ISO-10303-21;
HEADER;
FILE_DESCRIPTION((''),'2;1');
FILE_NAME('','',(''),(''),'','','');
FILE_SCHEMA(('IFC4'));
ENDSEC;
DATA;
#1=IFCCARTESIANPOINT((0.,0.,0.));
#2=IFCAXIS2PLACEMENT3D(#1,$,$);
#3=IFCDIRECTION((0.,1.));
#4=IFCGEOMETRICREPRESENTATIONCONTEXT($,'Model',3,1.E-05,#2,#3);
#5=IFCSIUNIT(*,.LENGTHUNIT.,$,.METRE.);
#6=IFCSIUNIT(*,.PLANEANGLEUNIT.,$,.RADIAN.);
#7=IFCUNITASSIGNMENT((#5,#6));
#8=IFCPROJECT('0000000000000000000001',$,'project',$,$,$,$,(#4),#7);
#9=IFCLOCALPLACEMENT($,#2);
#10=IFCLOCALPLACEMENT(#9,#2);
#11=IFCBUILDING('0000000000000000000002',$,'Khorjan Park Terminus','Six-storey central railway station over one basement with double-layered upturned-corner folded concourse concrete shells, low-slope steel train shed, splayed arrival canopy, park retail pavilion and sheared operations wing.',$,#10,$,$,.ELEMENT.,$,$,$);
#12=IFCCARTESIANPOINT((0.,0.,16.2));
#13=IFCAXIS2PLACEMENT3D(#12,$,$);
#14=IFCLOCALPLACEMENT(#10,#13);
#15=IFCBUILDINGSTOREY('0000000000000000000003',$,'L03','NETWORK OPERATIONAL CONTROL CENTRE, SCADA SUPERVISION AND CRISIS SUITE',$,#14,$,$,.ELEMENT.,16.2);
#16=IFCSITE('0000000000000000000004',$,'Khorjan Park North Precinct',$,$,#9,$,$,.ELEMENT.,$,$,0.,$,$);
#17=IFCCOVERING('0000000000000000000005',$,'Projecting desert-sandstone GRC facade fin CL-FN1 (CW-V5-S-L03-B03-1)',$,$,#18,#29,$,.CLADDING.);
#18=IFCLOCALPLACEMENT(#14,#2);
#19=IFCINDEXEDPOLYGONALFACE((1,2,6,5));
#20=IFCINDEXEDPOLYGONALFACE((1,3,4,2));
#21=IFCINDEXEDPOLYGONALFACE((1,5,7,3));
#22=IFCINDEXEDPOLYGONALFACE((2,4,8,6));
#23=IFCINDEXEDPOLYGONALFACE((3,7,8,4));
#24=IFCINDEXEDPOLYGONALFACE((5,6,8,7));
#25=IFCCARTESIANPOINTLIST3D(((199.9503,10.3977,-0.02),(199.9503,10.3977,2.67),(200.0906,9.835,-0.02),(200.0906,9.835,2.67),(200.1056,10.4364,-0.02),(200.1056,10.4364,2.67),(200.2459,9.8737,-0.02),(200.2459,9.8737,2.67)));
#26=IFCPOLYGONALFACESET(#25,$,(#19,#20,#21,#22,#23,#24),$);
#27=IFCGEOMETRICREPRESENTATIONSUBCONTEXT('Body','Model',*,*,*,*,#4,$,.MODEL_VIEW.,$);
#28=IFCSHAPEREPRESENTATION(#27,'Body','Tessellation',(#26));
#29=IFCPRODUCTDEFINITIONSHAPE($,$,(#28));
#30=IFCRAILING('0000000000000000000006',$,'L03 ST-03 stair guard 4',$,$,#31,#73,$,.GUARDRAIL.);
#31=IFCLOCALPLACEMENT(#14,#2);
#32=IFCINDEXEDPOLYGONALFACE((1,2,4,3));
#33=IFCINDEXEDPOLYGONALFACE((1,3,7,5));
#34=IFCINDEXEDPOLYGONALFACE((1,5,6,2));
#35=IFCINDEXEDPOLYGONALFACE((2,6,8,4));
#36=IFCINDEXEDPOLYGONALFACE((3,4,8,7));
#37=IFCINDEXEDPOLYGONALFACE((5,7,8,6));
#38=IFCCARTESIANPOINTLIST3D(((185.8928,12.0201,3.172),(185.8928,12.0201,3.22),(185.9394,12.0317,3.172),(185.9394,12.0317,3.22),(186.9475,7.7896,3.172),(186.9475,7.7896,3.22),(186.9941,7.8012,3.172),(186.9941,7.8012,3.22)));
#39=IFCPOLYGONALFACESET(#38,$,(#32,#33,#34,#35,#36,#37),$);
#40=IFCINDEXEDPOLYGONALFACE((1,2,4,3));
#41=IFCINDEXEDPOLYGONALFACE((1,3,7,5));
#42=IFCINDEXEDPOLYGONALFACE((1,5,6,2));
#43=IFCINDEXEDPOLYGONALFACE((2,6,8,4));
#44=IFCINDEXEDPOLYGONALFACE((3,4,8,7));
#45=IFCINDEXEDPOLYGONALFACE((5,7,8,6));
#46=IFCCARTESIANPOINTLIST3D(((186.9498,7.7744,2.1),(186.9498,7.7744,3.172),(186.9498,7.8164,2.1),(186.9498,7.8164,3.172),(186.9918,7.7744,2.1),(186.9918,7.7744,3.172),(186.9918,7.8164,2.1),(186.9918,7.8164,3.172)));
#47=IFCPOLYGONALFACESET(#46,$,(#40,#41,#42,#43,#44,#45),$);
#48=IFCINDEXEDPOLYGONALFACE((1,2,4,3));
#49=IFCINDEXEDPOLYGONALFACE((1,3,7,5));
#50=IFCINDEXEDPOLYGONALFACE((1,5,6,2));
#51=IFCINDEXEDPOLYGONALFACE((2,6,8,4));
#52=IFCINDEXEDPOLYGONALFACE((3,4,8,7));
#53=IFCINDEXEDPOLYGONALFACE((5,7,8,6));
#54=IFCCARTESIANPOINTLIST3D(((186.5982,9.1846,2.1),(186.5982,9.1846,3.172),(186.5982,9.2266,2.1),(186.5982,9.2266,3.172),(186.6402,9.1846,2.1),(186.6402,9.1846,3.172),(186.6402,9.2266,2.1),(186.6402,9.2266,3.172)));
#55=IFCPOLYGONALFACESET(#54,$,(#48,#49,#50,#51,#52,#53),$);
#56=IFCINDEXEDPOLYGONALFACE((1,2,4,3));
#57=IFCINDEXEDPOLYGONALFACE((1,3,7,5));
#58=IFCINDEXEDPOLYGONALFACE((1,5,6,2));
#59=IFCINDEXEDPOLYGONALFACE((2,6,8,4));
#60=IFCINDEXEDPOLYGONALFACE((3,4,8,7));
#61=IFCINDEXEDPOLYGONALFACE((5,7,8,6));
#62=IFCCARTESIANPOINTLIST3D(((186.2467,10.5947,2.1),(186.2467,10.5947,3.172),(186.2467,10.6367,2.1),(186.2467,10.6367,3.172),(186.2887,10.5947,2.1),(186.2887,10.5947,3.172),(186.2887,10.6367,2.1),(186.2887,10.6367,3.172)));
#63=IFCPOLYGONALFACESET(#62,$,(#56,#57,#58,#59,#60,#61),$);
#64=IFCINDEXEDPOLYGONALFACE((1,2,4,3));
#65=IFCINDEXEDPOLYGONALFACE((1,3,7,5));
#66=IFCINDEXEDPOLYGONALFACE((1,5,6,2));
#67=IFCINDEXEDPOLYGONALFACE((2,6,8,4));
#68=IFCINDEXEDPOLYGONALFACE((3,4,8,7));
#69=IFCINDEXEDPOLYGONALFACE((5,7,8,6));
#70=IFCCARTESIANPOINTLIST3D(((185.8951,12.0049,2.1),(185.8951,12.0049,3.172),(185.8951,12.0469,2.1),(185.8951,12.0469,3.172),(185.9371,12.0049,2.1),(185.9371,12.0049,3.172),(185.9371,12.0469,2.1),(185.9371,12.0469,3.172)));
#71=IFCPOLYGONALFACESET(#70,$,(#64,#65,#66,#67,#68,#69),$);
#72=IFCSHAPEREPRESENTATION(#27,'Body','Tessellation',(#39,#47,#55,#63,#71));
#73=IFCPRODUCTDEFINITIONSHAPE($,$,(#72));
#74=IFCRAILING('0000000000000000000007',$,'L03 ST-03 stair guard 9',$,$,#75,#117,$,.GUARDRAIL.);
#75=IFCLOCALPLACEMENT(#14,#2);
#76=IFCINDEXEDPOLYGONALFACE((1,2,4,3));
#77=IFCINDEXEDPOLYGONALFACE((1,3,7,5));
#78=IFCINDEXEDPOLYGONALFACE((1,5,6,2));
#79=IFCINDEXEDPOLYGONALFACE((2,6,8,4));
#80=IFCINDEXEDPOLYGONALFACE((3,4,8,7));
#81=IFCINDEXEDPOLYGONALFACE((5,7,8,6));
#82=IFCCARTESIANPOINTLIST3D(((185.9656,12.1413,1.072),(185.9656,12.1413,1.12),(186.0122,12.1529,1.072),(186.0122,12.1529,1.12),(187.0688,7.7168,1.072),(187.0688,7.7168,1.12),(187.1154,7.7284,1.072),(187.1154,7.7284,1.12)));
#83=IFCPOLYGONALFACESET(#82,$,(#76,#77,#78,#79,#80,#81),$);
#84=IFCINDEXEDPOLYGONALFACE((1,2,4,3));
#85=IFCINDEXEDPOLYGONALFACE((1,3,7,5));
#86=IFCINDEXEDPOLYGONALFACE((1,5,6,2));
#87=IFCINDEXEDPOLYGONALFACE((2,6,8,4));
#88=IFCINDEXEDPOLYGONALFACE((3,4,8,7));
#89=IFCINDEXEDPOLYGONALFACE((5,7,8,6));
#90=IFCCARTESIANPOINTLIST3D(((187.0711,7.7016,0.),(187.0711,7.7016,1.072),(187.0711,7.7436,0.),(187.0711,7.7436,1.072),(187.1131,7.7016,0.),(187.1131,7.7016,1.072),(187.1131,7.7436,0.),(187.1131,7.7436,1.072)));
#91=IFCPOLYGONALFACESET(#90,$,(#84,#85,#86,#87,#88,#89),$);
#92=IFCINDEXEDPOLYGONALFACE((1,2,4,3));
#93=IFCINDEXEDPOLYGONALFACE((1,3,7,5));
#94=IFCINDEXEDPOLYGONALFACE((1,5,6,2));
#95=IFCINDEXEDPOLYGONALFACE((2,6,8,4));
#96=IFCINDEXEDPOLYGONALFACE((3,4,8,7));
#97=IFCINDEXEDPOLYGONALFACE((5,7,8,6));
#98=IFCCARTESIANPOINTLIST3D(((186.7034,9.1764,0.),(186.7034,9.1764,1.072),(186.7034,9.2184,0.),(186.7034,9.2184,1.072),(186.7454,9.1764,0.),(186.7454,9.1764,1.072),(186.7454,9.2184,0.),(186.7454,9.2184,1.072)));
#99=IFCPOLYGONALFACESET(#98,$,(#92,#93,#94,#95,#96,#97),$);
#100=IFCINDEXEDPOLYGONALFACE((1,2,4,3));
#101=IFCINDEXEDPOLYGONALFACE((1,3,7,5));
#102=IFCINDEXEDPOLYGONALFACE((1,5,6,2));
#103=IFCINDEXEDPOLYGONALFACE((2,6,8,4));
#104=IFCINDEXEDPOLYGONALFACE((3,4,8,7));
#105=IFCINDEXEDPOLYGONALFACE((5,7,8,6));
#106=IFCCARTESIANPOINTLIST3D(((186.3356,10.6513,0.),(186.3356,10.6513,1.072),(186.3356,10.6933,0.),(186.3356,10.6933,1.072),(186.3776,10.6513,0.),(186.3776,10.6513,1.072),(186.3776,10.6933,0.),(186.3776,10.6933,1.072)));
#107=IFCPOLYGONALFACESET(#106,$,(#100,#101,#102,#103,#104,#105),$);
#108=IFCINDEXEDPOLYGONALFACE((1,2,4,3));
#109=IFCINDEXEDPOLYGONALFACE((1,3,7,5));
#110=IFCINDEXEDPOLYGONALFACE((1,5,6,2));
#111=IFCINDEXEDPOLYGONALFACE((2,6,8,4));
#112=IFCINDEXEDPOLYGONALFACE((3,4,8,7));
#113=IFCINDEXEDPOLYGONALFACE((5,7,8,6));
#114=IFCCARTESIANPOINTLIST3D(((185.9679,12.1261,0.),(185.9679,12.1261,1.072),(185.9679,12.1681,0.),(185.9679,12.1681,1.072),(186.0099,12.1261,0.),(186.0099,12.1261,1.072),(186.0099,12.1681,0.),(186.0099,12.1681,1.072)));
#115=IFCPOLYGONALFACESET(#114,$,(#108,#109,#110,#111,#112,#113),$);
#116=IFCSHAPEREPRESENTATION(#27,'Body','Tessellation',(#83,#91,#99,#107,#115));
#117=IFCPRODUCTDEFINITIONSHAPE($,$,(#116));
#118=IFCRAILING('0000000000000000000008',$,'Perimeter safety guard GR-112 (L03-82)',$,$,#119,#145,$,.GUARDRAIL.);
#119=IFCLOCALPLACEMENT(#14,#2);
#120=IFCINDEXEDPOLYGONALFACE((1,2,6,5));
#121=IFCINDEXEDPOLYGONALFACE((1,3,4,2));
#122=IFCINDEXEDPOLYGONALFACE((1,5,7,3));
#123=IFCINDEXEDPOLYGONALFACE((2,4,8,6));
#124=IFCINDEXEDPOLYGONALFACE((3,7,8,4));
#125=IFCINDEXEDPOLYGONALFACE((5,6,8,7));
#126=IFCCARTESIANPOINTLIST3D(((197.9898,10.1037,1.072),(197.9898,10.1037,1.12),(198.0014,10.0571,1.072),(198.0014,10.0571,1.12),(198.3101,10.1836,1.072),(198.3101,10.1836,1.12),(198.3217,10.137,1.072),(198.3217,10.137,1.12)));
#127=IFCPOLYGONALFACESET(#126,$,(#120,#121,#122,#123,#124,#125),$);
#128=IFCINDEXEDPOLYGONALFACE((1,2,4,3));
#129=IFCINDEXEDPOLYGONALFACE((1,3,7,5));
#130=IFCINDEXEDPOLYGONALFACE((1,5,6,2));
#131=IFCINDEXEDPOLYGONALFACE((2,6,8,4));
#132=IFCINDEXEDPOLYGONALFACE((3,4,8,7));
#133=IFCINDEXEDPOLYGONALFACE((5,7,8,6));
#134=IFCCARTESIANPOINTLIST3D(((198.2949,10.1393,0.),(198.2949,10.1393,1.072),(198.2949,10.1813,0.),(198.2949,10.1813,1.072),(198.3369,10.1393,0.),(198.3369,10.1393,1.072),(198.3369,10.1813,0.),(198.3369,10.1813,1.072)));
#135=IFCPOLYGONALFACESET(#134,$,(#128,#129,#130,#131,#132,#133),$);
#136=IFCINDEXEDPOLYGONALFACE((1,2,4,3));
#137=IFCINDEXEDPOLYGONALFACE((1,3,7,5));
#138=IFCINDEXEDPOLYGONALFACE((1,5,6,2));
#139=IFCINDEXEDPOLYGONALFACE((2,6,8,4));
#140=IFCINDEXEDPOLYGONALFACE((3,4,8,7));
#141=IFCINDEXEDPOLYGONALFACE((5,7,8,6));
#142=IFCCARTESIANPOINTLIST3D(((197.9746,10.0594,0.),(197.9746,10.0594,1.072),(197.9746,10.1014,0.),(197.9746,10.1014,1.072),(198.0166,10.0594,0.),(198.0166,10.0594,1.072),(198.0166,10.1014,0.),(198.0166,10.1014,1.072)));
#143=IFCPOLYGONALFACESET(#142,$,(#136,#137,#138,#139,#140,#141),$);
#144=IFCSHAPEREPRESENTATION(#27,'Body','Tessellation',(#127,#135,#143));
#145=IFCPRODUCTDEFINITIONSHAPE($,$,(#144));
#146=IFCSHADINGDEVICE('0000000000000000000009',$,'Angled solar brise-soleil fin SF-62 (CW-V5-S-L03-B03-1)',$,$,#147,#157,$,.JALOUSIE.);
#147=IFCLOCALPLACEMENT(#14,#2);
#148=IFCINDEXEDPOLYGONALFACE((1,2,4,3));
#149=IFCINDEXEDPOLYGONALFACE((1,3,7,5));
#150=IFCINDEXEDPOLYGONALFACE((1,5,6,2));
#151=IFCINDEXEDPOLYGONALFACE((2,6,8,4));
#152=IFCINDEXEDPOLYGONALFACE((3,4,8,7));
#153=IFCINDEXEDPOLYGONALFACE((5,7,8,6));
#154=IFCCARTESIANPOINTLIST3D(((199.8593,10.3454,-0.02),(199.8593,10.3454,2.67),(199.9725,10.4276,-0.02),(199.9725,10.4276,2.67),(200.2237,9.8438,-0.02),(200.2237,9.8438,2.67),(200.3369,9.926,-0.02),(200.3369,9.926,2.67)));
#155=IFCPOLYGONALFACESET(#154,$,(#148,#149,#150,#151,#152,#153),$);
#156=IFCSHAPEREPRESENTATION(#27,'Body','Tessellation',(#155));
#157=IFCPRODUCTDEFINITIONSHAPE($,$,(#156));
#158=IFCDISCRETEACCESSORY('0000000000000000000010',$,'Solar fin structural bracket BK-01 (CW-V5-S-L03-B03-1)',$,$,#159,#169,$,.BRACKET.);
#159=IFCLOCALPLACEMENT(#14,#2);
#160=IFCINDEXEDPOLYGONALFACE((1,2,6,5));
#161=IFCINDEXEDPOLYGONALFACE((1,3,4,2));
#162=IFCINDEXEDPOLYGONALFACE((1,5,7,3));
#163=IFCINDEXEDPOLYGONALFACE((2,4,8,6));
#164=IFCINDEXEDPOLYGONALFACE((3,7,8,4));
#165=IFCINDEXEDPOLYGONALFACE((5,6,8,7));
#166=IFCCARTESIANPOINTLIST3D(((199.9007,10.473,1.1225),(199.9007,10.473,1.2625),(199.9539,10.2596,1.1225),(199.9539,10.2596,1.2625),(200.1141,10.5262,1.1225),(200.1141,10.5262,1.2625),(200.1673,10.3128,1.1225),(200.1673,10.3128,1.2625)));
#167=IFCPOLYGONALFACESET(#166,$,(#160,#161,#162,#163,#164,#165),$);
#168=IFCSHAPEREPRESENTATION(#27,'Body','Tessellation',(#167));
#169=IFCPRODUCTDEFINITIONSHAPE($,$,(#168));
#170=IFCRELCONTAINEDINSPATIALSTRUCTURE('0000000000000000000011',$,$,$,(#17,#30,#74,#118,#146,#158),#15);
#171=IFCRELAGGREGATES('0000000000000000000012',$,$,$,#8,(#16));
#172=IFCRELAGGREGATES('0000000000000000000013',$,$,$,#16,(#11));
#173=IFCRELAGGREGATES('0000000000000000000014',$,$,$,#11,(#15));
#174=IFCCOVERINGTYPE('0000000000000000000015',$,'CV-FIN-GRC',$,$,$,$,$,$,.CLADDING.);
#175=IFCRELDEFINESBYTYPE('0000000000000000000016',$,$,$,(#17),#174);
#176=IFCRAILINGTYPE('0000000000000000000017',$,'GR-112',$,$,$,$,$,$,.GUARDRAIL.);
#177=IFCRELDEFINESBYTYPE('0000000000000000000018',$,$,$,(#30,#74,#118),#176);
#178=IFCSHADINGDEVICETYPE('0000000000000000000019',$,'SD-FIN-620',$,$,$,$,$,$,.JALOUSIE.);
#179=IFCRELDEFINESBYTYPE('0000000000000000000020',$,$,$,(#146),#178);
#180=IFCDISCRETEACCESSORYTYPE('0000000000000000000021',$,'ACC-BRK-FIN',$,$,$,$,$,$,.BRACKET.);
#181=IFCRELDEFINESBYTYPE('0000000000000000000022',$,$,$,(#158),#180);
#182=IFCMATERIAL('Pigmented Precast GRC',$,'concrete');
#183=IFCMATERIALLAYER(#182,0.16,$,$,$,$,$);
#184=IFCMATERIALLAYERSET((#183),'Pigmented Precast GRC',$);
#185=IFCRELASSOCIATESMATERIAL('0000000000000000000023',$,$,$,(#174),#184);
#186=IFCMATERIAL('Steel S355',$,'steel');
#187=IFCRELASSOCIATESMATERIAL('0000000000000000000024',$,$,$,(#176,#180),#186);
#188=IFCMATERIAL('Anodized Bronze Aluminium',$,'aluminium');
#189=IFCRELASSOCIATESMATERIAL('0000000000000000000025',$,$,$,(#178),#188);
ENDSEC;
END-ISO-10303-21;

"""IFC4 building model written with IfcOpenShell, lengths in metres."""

from ifc_helpers import new_model, si_unit, direction, frame, origin, origin_2d, place, context, subcontext, project, spatial, rectangle, extrude, material, layer, layer_set, type_object, element, save


model = new_model("IFC4")

# Units and contexts
model_context = context("Model", 3, precision=1e-05, world=origin(), true_north=direction((0.0, 1.0)))
body_context = subcontext(model_context, "Body", "Model", "MODEL_VIEW")
ifc_project = project(units=[si_unit("LENGTHUNIT", "METRE"), si_unit("PLANEANGLEUNIT", "RADIAN")], contexts=[model_context])

# Site, building, storey
site_placement = place(None, origin())
site = spatial("IfcSite", under=ifc_project, at=site_placement, Name="Khorjan Park North Precinct", CompositionType="ELEMENT", RefElevation=0.0)
building_placement = place(site_placement, origin())
building = spatial("IfcBuilding", under=site, at=building_placement, Name="Khorjan Park Terminus", Description="Six-storey central railway station over one basement with double-layered upturned-corner folded concourse concrete shells, low-slope steel train shed, splayed arrival canopy, park retail pavilion and sheared operations wing.", CompositionType="ELEMENT")
storey_placement = place(building_placement, frame((0.0, 0.0, 16.2)))
storey = spatial("IfcBuildingStorey", under=building, at=storey_placement, Name="L03", Description="NETWORK OPERATIONAL CONTROL CENTRE, SCADA SUPERVISION AND CRISIS SUITE", CompositionType="ELEMENT", Elevation=16.2)

# Shared definitions
ifc_material_1 = material(Name="Steel S355", Category="steel")

# Shared definitions
ifc_material_2 = material(Name="Anodized Bronze Aluminium", Category="aluminium")

# Covering
ifc_material_3 = material(Name="Pigmented Precast GRC", Category="concrete")
ifc_layer_1 = layer(ifc_material_3, 0.16)
ifc_layer_set_1 = layer_set([ifc_layer_1], Name="Pigmented Precast GRC")
covering_type = type_object("IfcCoveringType", Name="CV-FIN-GRC", PredefinedType="CLADDING", material=ifc_layer_set_1)
covering_placement = place(storey_placement, frame((200.0981, 10.1357, -0.02), z_axis=(0.0, 0.0, 1.0), x_axis=(-0.241922, 0.970296, 0.0)))
element("IfcCovering", 1, at=covering_placement, inside=storey, type_object=covering_type, Name="Projecting desert-sandstone GRC facade fin CL-FN1 (CW-V5-S-L03-B03-1)", PredefinedType="CLADDING", context=body_context, shape_type="SweptSolid", body=[
    extrude(rectangle(XDim=0.58, YDim=0.16, at=origin_2d()), origin(), (0.0, 0.0, 1.0), 2.69),
])

# Railings
railing_type = type_object("IfcRailingType", Name="GR-112", PredefinedType="GUARDRAIL", material=ifc_material_1)
railing_1_placement = place(storey_placement, frame((186.9708, 7.7954, 2.1)))
element("IfcRailing", 2, at=railing_1_placement, inside=storey, type_object=railing_type, Name="L03 ST-03 stair guard 4", PredefinedType="GUARDRAIL", context=body_context, shape_type="SweptSolid", body=[
    extrude(rectangle(XDim=0.048, YDim=0.048, at=origin_2d()), frame((0.0, 0.0, 1.096), z_axis=(-0.241904, 0.9703, 0.0), x_axis=(-0.9703, -0.241904, 0.0)), (0.0, 0.0, 1.0), 4.36),
    extrude(rectangle(XDim=0.042, YDim=0.042, at=origin_2d()), origin(), (0.0, 0.0, 1.0), 1.072),
    extrude(rectangle(XDim=0.042, YDim=0.042, at=origin_2d()), frame((-0.3516, 1.4102, 0.0)), (0.0, 0.0, 1.0), 1.072),
    extrude(rectangle(XDim=0.042, YDim=0.042, at=origin_2d()), frame((-0.7031, 2.8203, 0.0)), (0.0, 0.0, 1.0), 1.072),
    extrude(rectangle(XDim=0.042, YDim=0.042, at=origin_2d()), frame((-1.0547, 4.2305, 0.0)), (0.0, 0.0, 1.0), 1.072),
])
railing_2_placement = place(storey_placement, frame((187.0921, 7.7226, 0.0)))
element("IfcRailing", 3, at=railing_2_placement, inside=storey, type_object=railing_type, Name="L03 ST-03 stair guard 9", PredefinedType="GUARDRAIL", context=body_context, shape_type="SweptSolid", body=[
    extrude(rectangle(XDim=0.048, YDim=0.048, at=origin_2d()), frame((0.0, 0.0, 1.096), z_axis=(-0.241932, 0.970293, 0.0), x_axis=(-0.970293, -0.241932, 0.0)), (0.0, 0.0, 1.0), 4.56),
    extrude(rectangle(XDim=0.042, YDim=0.042, at=origin_2d()), origin(), (0.0, 0.0, 1.0), 1.072),
    extrude(rectangle(XDim=0.042, YDim=0.042, at=origin_2d()), frame((-0.3677, 1.4748, 0.0)), (0.0, 0.0, 1.0), 1.072),
    extrude(rectangle(XDim=0.042, YDim=0.042, at=origin_2d()), frame((-0.7355, 2.9497, 0.0)), (0.0, 0.0, 1.0), 1.072),
    extrude(rectangle(XDim=0.042, YDim=0.042, at=origin_2d()), frame((-1.1032, 4.4245, 0.0)), (0.0, 0.0, 1.0), 1.072),
])
railing_3_placement = place(storey_placement, frame((198.3159, 10.1603, 0.0)))
element("IfcRailing", 4, at=railing_3_placement, inside=storey, type_object=railing_type, Name="Perimeter safety guard GR-112 (L03-82)", PredefinedType="GUARDRAIL", context=body_context, shape_type="SweptSolid", body=[
    extrude(rectangle(XDim=0.048, YDim=0.048, at=origin_2d()), frame((0.0, 0.0, 1.096), z_axis=(-0.970267, -0.242037, 0.0), x_axis=(0.242037, -0.970267, 0.0)), (0.0, 0.0, 1.0), 0.3301),
    extrude(rectangle(XDim=0.042, YDim=0.042, at=origin_2d()), origin(), (0.0, 0.0, 1.0), 1.072),
    extrude(rectangle(XDim=0.042, YDim=0.042, at=origin_2d()), frame((-0.3203, -0.0799, 0.0)), (0.0, 0.0, 1.0), 1.072),
])

# Shading device
shading_device_type = type_object("IfcShadingDeviceType", Name="SD-FIN-620", PredefinedType="JALOUSIE", material=ifc_material_2)
shading_device_placement = place(storey_placement, frame((200.0981, 10.1357, -0.02), z_axis=(0.0, 0.0, 1.0), x_axis=(-0.587785, 0.809017, 0.0)))
element("IfcShadingDevice", 5, at=shading_device_placement, inside=storey, type_object=shading_device_type, Name="Angled solar brise-soleil fin SF-62 (CW-V5-S-L03-B03-1)", PredefinedType="JALOUSIE", context=body_context, shape_type="SweptSolid", body=[
    extrude(rectangle(XDim=0.62, YDim=0.14, at=origin_2d()), origin(), (0.0, 0.0, 1.0), 2.69),
])

# Discrete accessory
discrete_accessory_type = type_object("IfcDiscreteAccessoryType", Name="ACC-BRK-FIN", PredefinedType="BRACKET", material=ifc_material_1)
discrete_accessory_placement = place(storey_placement, frame((200.034, 10.3929, 1.1225), z_axis=(0.0, 0.0, 1.0), x_axis=(0.970295, 0.241926, 0.0)))
element("IfcDiscreteAccessory", 6, at=discrete_accessory_placement, inside=storey, type_object=discrete_accessory_type, Name="Solar fin structural bracket BK-01 (CW-V5-S-L03-B03-1)", PredefinedType="BRACKET", context=body_context, shape_type="SweptSolid", body=[
    extrude(rectangle(XDim=0.22, YDim=0.22, at=origin_2d()), origin(), (0.0, 0.0, 1.0), 0.14),
])

save(model, "model.ifc")
